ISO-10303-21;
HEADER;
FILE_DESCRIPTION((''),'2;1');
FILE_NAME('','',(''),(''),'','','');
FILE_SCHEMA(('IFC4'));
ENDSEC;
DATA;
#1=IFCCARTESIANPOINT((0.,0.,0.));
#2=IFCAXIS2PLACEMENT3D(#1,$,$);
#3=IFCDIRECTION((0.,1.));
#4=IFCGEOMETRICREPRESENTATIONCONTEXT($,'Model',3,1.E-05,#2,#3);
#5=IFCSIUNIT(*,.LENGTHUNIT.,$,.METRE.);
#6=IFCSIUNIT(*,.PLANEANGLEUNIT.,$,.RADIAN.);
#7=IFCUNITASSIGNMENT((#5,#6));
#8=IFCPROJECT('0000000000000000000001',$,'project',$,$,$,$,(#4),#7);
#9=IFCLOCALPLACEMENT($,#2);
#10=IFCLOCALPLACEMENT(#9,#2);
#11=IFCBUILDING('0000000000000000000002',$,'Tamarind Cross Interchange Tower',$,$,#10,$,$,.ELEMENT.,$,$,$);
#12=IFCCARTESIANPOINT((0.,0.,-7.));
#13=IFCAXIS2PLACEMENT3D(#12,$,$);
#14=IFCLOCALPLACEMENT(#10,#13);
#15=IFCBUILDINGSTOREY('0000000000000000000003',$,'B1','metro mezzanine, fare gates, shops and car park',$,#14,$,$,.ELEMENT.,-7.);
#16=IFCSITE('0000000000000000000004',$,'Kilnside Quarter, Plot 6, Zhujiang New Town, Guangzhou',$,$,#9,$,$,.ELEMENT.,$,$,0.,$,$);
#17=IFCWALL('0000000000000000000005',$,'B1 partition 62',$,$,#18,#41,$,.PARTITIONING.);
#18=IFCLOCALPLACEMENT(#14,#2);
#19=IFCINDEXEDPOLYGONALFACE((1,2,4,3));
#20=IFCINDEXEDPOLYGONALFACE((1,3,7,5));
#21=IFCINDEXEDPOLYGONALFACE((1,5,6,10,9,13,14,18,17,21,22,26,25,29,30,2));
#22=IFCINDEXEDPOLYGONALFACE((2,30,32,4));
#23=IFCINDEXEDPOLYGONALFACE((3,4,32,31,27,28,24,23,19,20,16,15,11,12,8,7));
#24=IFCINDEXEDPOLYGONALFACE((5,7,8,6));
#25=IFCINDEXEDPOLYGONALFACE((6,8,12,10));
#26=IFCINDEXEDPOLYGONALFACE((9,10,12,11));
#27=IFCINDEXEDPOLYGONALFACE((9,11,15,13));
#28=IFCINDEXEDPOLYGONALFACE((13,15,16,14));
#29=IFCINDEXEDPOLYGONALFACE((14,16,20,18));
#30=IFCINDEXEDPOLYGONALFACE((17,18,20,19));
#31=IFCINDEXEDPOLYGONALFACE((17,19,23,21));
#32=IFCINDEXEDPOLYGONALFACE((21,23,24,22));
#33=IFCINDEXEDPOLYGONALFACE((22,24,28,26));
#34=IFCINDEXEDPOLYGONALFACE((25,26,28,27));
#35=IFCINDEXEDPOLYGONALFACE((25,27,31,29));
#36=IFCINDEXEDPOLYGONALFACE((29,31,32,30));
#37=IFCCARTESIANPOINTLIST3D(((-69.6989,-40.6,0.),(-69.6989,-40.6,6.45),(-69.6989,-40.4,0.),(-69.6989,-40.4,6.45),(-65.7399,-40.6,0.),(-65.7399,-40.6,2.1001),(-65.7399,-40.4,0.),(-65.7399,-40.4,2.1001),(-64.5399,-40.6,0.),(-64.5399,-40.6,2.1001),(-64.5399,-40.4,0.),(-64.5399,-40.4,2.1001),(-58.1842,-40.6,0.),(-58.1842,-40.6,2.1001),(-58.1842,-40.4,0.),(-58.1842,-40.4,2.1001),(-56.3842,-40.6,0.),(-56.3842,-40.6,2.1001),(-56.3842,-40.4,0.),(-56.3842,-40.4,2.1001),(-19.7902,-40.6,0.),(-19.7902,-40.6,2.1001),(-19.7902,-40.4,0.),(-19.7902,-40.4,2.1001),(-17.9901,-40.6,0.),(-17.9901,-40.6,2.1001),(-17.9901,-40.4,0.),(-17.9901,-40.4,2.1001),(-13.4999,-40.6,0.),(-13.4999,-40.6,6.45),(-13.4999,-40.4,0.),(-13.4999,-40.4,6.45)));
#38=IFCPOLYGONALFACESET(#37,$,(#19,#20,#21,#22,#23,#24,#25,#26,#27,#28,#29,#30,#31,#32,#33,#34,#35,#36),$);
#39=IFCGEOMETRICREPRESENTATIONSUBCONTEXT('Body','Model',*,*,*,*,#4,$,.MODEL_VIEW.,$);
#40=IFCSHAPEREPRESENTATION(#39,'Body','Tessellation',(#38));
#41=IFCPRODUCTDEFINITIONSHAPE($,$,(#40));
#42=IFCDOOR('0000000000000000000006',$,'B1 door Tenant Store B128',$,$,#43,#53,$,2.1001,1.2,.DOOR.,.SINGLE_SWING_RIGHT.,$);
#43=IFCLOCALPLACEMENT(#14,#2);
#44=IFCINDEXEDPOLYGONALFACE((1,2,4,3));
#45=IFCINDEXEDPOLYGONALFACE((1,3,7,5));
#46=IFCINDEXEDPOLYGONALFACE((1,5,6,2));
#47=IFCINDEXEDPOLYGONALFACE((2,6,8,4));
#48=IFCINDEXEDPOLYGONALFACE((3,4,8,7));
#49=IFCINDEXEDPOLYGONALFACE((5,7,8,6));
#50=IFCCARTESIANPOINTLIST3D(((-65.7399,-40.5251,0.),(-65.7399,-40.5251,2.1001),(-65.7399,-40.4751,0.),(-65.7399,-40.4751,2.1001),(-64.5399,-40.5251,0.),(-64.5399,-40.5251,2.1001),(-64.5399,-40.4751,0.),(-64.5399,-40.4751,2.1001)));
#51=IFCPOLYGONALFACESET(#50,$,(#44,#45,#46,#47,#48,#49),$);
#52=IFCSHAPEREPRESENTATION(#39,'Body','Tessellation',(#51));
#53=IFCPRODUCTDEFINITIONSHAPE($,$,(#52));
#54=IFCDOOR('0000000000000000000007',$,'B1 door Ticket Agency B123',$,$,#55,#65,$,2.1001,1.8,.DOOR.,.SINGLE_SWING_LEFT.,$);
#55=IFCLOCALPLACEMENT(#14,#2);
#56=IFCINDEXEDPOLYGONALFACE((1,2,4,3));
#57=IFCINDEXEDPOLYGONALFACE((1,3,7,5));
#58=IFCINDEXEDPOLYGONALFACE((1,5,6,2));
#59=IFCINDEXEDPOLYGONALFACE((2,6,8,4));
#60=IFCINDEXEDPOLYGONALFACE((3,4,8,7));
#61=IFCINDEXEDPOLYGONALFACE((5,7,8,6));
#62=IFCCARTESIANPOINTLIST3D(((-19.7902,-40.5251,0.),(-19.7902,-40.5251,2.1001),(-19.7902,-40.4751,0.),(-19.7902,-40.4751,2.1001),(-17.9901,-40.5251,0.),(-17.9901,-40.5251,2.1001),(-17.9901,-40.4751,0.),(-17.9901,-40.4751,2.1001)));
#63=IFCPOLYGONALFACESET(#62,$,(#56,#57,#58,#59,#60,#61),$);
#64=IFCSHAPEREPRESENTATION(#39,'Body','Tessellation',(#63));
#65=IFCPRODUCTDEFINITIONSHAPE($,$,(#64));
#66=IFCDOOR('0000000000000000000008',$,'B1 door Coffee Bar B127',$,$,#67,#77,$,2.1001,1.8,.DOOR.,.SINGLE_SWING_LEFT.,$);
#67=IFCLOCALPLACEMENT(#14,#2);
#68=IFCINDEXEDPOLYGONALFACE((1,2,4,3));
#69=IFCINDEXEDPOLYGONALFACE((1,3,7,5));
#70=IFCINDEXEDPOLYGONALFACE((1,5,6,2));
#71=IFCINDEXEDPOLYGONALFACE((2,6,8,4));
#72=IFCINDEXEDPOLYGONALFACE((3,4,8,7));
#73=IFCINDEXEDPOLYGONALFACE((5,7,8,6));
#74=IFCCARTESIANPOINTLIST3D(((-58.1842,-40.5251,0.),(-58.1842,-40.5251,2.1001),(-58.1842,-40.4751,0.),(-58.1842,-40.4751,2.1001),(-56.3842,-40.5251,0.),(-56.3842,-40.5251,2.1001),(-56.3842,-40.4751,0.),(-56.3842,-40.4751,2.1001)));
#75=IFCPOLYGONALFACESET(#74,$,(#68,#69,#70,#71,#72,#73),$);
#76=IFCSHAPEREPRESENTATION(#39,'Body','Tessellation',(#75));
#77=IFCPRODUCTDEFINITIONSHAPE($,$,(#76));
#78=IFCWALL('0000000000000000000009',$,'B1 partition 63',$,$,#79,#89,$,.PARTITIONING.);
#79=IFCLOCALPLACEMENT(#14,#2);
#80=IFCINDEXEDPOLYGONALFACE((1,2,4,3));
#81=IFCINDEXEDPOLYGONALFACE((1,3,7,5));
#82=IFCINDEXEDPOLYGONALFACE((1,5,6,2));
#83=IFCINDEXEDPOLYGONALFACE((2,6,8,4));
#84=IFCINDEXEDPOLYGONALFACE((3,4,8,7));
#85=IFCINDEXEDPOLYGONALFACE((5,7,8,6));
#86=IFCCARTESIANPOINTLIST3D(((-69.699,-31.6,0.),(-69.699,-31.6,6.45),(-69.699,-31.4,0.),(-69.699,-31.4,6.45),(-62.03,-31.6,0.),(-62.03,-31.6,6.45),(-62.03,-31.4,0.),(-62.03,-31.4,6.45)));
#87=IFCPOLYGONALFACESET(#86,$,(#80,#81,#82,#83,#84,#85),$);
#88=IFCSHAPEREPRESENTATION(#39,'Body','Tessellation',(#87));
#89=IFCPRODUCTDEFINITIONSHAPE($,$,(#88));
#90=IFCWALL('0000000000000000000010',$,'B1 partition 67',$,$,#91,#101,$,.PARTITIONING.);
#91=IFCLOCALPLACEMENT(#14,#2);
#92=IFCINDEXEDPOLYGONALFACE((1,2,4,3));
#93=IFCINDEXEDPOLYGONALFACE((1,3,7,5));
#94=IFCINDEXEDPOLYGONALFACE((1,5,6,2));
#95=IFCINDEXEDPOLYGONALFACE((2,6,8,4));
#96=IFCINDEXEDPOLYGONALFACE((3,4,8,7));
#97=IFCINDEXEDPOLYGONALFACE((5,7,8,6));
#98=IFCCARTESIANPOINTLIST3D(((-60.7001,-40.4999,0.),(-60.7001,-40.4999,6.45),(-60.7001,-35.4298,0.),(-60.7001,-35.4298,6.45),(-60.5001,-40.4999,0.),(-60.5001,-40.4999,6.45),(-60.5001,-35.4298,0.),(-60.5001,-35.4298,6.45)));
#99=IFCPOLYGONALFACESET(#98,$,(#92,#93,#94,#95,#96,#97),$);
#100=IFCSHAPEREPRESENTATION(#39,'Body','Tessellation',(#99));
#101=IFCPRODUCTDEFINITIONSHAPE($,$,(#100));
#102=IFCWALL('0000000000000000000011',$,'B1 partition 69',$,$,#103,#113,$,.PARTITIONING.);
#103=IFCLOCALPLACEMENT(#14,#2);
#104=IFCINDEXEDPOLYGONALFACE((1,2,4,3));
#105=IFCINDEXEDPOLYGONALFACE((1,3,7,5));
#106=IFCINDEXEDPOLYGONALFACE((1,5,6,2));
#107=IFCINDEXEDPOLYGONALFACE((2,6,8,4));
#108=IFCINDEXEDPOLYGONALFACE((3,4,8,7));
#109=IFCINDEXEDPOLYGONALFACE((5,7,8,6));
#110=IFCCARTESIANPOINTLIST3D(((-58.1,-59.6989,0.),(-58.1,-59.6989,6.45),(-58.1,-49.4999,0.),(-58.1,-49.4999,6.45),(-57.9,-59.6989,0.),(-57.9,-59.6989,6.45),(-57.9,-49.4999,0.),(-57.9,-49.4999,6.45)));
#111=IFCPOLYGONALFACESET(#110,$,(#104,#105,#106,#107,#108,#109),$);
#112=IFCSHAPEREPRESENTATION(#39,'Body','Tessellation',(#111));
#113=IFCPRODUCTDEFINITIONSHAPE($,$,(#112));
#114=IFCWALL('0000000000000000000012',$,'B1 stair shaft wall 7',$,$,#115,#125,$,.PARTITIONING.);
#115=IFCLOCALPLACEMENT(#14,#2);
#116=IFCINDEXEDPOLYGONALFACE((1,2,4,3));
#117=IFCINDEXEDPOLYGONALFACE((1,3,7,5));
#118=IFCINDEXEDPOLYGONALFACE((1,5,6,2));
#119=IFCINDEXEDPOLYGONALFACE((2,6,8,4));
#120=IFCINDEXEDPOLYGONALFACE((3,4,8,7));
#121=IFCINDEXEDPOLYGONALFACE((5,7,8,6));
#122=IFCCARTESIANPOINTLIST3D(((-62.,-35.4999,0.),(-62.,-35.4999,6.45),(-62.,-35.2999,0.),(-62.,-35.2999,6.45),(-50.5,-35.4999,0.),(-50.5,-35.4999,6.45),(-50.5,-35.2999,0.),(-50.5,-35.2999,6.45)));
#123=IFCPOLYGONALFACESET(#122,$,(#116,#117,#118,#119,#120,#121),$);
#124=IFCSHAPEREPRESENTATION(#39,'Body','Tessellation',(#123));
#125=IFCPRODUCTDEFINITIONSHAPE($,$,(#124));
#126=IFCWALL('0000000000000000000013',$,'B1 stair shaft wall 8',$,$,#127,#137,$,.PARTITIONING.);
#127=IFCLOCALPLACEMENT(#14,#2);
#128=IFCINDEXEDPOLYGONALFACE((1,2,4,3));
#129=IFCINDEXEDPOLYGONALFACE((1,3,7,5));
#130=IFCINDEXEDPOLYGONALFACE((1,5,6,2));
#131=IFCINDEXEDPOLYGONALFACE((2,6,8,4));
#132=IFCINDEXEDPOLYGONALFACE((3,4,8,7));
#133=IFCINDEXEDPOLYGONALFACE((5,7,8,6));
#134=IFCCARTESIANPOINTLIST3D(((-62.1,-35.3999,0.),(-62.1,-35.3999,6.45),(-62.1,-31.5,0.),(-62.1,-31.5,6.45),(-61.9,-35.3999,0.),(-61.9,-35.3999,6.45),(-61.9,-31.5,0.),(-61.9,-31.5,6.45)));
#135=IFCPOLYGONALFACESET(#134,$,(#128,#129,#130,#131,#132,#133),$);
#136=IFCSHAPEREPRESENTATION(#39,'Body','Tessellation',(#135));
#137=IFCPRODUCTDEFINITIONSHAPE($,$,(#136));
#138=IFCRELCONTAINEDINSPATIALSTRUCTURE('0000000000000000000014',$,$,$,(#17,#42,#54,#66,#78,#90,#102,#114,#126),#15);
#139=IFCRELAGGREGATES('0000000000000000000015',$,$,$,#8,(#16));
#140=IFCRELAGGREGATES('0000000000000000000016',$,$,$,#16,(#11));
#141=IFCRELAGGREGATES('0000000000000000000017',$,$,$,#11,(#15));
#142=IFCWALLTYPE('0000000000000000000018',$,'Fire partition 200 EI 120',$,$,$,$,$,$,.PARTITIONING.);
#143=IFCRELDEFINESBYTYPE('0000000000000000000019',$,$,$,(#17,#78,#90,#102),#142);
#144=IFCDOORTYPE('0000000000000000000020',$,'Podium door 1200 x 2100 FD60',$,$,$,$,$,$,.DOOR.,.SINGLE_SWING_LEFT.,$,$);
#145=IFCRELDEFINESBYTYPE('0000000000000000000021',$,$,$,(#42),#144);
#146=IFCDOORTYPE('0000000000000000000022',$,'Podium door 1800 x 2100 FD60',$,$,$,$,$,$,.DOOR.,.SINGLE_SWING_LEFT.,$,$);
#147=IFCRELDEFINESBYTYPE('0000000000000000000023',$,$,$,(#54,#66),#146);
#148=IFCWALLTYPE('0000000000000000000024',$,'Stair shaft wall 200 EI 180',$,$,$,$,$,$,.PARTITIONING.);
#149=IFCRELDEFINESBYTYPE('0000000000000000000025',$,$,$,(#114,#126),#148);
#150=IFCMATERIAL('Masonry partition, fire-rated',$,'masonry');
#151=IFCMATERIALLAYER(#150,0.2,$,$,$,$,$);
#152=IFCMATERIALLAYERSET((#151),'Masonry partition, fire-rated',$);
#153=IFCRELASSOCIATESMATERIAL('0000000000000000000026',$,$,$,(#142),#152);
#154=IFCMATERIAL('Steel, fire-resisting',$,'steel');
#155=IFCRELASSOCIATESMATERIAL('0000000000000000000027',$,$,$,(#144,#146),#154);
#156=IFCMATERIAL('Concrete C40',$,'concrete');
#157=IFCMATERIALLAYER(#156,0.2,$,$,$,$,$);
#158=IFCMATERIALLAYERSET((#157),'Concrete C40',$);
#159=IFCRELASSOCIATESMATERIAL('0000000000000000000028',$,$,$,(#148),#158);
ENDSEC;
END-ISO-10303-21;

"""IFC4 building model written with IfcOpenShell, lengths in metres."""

from ifc_helpers import new_model, si_unit, direction, frame, frame_2d, origin, place, context, subcontext, project, spatial, rectangle, extrude, material, layer, layer_set, type_object, element, fill, save


model = new_model("IFC4")

# Units and contexts
model_context = context("Model", 3, precision=1e-05, world=origin(), true_north=direction((0.0, 1.0)))
body_context = subcontext(model_context, "Body", "Model", "MODEL_VIEW")
ifc_project = project(units=[si_unit("LENGTHUNIT", "METRE"), si_unit("PLANEANGLEUNIT", "RADIAN")], contexts=[model_context])

# Site, building, storey
site_placement = place(None, origin())
site = spatial("IfcSite", under=ifc_project, at=site_placement, Name="Kilnside Quarter, Plot 6, Zhujiang New Town, Guangzhou", CompositionType="ELEMENT", RefElevation=0.0)
building_placement = place(site_placement, origin())
building = spatial("IfcBuilding", under=site, at=building_placement, Name="Tamarind Cross Interchange Tower", CompositionType="ELEMENT")
storey_placement = place(building_placement, frame((0.0, 0.0, -7.0)))
storey = spatial("IfcBuildingStorey", under=building, at=storey_placement, Name="B1", Description="metro mezzanine, fare gates, shops and car park", CompositionType="ELEMENT", Elevation=-7.0)

# Shared definitions
ifc_material_1 = material(Name="Concrete C40", Category="concrete")

# Wall, openings, doors
ifc_material_2 = material(Name="Masonry partition, fire-rated", Category="masonry")
ifc_layer_1 = layer(ifc_material_2, 0.2)
ifc_layer_set_1 = layer_set([ifc_layer_1], Name="Masonry partition, fire-rated")
wall_type_1 = type_object("IfcWallType", Name="Fire partition 200 EI 120", PredefinedType="PARTITIONING", material=ifc_layer_set_1)
ifc_material_3 = material(Name="Steel, fire-resisting", Category="steel")
door_type_1 = type_object("IfcDoorType", Name="Podium door 1200 x 2100 FD60", OperationType="SINGLE_SWING_LEFT", PredefinedType="DOOR", material=ifc_material_3)
door_type_2 = type_object("IfcDoorType", Name="Podium door 1800 x 2100 FD60", OperationType="SINGLE_SWING_LEFT", PredefinedType="DOOR", material=ifc_material_3)
wall_1_placement = place(storey_placement, frame((-69.699, -40.5, 0.0), z_axis=(0.0, 0.0, 1.0), x_axis=(1.0, 0.0, 0.0)))
wall_1 = element("IfcWall", 1, at=wall_1_placement, inside=storey, type_object=wall_type_1, Name="B1 partition 62", PredefinedType="PARTITIONING", context=body_context, shape_type="SweptSolid", body=[
    extrude(rectangle(XDim=56.199, YDim=0.2, at=frame_2d((28.0996, 0.0))), origin(), (0.0, 0.0, 1.0), 6.45),
])
opening_1_placement = place(wall_1_placement, frame((49.9089, 0.0, 0.0)))
opening_1 = element("IfcOpeningElement", 2, at=opening_1_placement, cuts=wall_1, PredefinedType="OPENING", context=body_context, shape_type="SweptSolid", body=[
    extrude(rectangle(XDim=1.8, YDim=2.1001, at=frame_2d((0.8999, 1.05))), frame((0.0, 0.1099, 0.0), z_axis=(0.0, -1.0, 0.0), x_axis=(1.0, 0.0, 0.0)), (0.0, 0.0, 1.0), 0.22),
])
opening_2_placement = place(wall_1_placement, frame((11.5149, 0.0, 0.0)))
opening_2 = element("IfcOpeningElement", 3, at=opening_2_placement, cuts=wall_1, PredefinedType="OPENING", context=body_context, shape_type="SweptSolid", body=[
    extrude(rectangle(XDim=1.8, YDim=2.1001, at=frame_2d((0.8999, 1.05))), frame((0.0, 0.1099, 0.0), z_axis=(0.0, -1.0, 0.0), x_axis=(1.0, 0.0, 0.0)), (0.0, 0.0, 1.0), 0.22),
])
opening_3_placement = place(wall_1_placement, frame((3.959, 0.0, 0.0)))
opening_3 = element("IfcOpeningElement", 4, at=opening_3_placement, cuts=wall_1, PredefinedType="OPENING", context=body_context, shape_type="SweptSolid", body=[
    extrude(rectangle(XDim=1.2, YDim=2.1001, at=frame_2d((0.6001, 1.05))), frame((0.0, 0.1099, 0.0), z_axis=(0.0, -1.0, 0.0), x_axis=(1.0, 0.0, 0.0)), (0.0, 0.0, 1.0), 0.22),
])
door_1_placement = place(opening_3_placement, origin())
door_1 = element("IfcDoor", 5, at=door_1_placement, inside=storey, type_object=door_type_1, Name="B1 door Tenant Store B128", OperationType="SINGLE_SWING_RIGHT", OverallHeight=2.1001, OverallWidth=1.2, PredefinedType="DOOR", context=body_context, shape_type="SweptSolid", body=[
    extrude(rectangle(XDim=1.2, YDim=2.1001, at=frame_2d((0.6001, 1.05))), frame((0.0, 0.0249, 0.0), z_axis=(0.0, -1.0, 0.0), x_axis=(1.0, 0.0, 0.0)), (0.0, 0.0, 1.0), 0.05),
])
fill(opening_3, door_1)
door_2_placement = place(opening_1_placement, origin())
door_2 = element("IfcDoor", 6, at=door_2_placement, inside=storey, type_object=door_type_2, Name="B1 door Ticket Agency B123", OperationType="SINGLE_SWING_LEFT", OverallHeight=2.1001, OverallWidth=1.8, PredefinedType="DOOR", context=body_context, shape_type="SweptSolid", body=[
    extrude(rectangle(XDim=1.8, YDim=2.1001, at=frame_2d((0.8999, 1.05))), frame((0.0, 0.0249, 0.0), z_axis=(0.0, -1.0, 0.0), x_axis=(1.0, 0.0, 0.0)), (0.0, 0.0, 1.0), 0.05),
])
fill(opening_1, door_2)
door_3_placement = place(opening_2_placement, origin())
door_3 = element("IfcDoor", 7, at=door_3_placement, inside=storey, type_object=door_type_2, Name="B1 door Coffee Bar B127", OperationType="SINGLE_SWING_LEFT", OverallHeight=2.1001, OverallWidth=1.8, PredefinedType="DOOR", context=body_context, shape_type="SweptSolid", body=[
    extrude(rectangle(XDim=1.8, YDim=2.1001, at=frame_2d((0.8999, 1.05))), frame((0.0, 0.0249, 0.0), z_axis=(0.0, -1.0, 0.0), x_axis=(1.0, 0.0, 0.0)), (0.0, 0.0, 1.0), 0.05),
])
fill(opening_2, door_3)

# Walls
wall_2_placement = place(storey_placement, frame((-69.699, -31.5, 0.0), z_axis=(0.0, 0.0, 1.0), x_axis=(1.0, 0.0, 0.0)))
element("IfcWall", 8, at=wall_2_placement, inside=storey, type_object=wall_type_1, Name="B1 partition 63", PredefinedType="PARTITIONING", context=body_context, shape_type="SweptSolid", body=[
    extrude(rectangle(XDim=7.6689, YDim=0.2, at=frame_2d((3.8345, 0.0))), origin(), (0.0, 0.0, 1.0), 6.45),
])
wall_3_placement = place(storey_placement, frame((-60.6001, -40.5, 0.0), z_axis=(0.0, 0.0, 1.0), x_axis=(0.0, 1.0, 0.0)))
element("IfcWall", 9, at=wall_3_placement, inside=storey, type_object=wall_type_1, Name="B1 partition 67", PredefinedType="PARTITIONING", context=body_context, shape_type="SweptSolid", body=[
    extrude(rectangle(XDim=5.0701, YDim=0.2, at=frame_2d((2.5352, 0.0))), origin(), (0.0, 0.0, 1.0), 6.45),
])
wall_4_placement = place(storey_placement, frame((-58.0, -59.699, 0.0), z_axis=(0.0, 0.0, 1.0), x_axis=(0.0, 1.0, 0.0)))
element("IfcWall", 10, at=wall_4_placement, inside=storey, type_object=wall_type_1, Name="B1 partition 69", PredefinedType="PARTITIONING", context=body_context, shape_type="SweptSolid", body=[
    extrude(rectangle(XDim=10.199, YDim=0.2, at=frame_2d((5.0996, 0.0))), origin(), (0.0, 0.0, 1.0), 6.45),
])
ifc_layer_2 = layer(ifc_material_1, 0.2)
ifc_layer_set_2 = layer_set([ifc_layer_2], Name="Concrete C40")
wall_type_2 = type_object("IfcWallType", Name="Stair shaft wall 200 EI 180", PredefinedType="PARTITIONING", material=ifc_layer_set_2)
wall_5_placement = place(storey_placement, frame((-62.0, -35.3999, 0.0), z_axis=(0.0, 0.0, 1.0), x_axis=(1.0, 0.0, 0.0)))
element("IfcWall", 11, at=wall_5_placement, inside=storey, type_object=wall_type_2, Name="B1 stair shaft wall 7", PredefinedType="PARTITIONING", context=body_context, shape_type="SweptSolid", body=[
    extrude(rectangle(XDim=11.5, YDim=0.2, at=frame_2d((5.75, 0.0))), origin(), (0.0, 0.0, 1.0), 6.45),
])
wall_6_placement = place(storey_placement, frame((-62.0, -35.3999, 0.0), z_axis=(0.0, 0.0, 1.0), x_axis=(0.0, 1.0, 0.0)))
element("IfcWall", 12, at=wall_6_placement, inside=storey, type_object=wall_type_2, Name="B1 stair shaft wall 8", PredefinedType="PARTITIONING", context=body_context, shape_type="SweptSolid", body=[
    extrude(rectangle(XDim=3.8999, YDim=0.2, at=frame_2d((1.95, 0.0))), origin(), (0.0, 0.0, 1.0), 6.45),
])

save(model, "model.ifc")
